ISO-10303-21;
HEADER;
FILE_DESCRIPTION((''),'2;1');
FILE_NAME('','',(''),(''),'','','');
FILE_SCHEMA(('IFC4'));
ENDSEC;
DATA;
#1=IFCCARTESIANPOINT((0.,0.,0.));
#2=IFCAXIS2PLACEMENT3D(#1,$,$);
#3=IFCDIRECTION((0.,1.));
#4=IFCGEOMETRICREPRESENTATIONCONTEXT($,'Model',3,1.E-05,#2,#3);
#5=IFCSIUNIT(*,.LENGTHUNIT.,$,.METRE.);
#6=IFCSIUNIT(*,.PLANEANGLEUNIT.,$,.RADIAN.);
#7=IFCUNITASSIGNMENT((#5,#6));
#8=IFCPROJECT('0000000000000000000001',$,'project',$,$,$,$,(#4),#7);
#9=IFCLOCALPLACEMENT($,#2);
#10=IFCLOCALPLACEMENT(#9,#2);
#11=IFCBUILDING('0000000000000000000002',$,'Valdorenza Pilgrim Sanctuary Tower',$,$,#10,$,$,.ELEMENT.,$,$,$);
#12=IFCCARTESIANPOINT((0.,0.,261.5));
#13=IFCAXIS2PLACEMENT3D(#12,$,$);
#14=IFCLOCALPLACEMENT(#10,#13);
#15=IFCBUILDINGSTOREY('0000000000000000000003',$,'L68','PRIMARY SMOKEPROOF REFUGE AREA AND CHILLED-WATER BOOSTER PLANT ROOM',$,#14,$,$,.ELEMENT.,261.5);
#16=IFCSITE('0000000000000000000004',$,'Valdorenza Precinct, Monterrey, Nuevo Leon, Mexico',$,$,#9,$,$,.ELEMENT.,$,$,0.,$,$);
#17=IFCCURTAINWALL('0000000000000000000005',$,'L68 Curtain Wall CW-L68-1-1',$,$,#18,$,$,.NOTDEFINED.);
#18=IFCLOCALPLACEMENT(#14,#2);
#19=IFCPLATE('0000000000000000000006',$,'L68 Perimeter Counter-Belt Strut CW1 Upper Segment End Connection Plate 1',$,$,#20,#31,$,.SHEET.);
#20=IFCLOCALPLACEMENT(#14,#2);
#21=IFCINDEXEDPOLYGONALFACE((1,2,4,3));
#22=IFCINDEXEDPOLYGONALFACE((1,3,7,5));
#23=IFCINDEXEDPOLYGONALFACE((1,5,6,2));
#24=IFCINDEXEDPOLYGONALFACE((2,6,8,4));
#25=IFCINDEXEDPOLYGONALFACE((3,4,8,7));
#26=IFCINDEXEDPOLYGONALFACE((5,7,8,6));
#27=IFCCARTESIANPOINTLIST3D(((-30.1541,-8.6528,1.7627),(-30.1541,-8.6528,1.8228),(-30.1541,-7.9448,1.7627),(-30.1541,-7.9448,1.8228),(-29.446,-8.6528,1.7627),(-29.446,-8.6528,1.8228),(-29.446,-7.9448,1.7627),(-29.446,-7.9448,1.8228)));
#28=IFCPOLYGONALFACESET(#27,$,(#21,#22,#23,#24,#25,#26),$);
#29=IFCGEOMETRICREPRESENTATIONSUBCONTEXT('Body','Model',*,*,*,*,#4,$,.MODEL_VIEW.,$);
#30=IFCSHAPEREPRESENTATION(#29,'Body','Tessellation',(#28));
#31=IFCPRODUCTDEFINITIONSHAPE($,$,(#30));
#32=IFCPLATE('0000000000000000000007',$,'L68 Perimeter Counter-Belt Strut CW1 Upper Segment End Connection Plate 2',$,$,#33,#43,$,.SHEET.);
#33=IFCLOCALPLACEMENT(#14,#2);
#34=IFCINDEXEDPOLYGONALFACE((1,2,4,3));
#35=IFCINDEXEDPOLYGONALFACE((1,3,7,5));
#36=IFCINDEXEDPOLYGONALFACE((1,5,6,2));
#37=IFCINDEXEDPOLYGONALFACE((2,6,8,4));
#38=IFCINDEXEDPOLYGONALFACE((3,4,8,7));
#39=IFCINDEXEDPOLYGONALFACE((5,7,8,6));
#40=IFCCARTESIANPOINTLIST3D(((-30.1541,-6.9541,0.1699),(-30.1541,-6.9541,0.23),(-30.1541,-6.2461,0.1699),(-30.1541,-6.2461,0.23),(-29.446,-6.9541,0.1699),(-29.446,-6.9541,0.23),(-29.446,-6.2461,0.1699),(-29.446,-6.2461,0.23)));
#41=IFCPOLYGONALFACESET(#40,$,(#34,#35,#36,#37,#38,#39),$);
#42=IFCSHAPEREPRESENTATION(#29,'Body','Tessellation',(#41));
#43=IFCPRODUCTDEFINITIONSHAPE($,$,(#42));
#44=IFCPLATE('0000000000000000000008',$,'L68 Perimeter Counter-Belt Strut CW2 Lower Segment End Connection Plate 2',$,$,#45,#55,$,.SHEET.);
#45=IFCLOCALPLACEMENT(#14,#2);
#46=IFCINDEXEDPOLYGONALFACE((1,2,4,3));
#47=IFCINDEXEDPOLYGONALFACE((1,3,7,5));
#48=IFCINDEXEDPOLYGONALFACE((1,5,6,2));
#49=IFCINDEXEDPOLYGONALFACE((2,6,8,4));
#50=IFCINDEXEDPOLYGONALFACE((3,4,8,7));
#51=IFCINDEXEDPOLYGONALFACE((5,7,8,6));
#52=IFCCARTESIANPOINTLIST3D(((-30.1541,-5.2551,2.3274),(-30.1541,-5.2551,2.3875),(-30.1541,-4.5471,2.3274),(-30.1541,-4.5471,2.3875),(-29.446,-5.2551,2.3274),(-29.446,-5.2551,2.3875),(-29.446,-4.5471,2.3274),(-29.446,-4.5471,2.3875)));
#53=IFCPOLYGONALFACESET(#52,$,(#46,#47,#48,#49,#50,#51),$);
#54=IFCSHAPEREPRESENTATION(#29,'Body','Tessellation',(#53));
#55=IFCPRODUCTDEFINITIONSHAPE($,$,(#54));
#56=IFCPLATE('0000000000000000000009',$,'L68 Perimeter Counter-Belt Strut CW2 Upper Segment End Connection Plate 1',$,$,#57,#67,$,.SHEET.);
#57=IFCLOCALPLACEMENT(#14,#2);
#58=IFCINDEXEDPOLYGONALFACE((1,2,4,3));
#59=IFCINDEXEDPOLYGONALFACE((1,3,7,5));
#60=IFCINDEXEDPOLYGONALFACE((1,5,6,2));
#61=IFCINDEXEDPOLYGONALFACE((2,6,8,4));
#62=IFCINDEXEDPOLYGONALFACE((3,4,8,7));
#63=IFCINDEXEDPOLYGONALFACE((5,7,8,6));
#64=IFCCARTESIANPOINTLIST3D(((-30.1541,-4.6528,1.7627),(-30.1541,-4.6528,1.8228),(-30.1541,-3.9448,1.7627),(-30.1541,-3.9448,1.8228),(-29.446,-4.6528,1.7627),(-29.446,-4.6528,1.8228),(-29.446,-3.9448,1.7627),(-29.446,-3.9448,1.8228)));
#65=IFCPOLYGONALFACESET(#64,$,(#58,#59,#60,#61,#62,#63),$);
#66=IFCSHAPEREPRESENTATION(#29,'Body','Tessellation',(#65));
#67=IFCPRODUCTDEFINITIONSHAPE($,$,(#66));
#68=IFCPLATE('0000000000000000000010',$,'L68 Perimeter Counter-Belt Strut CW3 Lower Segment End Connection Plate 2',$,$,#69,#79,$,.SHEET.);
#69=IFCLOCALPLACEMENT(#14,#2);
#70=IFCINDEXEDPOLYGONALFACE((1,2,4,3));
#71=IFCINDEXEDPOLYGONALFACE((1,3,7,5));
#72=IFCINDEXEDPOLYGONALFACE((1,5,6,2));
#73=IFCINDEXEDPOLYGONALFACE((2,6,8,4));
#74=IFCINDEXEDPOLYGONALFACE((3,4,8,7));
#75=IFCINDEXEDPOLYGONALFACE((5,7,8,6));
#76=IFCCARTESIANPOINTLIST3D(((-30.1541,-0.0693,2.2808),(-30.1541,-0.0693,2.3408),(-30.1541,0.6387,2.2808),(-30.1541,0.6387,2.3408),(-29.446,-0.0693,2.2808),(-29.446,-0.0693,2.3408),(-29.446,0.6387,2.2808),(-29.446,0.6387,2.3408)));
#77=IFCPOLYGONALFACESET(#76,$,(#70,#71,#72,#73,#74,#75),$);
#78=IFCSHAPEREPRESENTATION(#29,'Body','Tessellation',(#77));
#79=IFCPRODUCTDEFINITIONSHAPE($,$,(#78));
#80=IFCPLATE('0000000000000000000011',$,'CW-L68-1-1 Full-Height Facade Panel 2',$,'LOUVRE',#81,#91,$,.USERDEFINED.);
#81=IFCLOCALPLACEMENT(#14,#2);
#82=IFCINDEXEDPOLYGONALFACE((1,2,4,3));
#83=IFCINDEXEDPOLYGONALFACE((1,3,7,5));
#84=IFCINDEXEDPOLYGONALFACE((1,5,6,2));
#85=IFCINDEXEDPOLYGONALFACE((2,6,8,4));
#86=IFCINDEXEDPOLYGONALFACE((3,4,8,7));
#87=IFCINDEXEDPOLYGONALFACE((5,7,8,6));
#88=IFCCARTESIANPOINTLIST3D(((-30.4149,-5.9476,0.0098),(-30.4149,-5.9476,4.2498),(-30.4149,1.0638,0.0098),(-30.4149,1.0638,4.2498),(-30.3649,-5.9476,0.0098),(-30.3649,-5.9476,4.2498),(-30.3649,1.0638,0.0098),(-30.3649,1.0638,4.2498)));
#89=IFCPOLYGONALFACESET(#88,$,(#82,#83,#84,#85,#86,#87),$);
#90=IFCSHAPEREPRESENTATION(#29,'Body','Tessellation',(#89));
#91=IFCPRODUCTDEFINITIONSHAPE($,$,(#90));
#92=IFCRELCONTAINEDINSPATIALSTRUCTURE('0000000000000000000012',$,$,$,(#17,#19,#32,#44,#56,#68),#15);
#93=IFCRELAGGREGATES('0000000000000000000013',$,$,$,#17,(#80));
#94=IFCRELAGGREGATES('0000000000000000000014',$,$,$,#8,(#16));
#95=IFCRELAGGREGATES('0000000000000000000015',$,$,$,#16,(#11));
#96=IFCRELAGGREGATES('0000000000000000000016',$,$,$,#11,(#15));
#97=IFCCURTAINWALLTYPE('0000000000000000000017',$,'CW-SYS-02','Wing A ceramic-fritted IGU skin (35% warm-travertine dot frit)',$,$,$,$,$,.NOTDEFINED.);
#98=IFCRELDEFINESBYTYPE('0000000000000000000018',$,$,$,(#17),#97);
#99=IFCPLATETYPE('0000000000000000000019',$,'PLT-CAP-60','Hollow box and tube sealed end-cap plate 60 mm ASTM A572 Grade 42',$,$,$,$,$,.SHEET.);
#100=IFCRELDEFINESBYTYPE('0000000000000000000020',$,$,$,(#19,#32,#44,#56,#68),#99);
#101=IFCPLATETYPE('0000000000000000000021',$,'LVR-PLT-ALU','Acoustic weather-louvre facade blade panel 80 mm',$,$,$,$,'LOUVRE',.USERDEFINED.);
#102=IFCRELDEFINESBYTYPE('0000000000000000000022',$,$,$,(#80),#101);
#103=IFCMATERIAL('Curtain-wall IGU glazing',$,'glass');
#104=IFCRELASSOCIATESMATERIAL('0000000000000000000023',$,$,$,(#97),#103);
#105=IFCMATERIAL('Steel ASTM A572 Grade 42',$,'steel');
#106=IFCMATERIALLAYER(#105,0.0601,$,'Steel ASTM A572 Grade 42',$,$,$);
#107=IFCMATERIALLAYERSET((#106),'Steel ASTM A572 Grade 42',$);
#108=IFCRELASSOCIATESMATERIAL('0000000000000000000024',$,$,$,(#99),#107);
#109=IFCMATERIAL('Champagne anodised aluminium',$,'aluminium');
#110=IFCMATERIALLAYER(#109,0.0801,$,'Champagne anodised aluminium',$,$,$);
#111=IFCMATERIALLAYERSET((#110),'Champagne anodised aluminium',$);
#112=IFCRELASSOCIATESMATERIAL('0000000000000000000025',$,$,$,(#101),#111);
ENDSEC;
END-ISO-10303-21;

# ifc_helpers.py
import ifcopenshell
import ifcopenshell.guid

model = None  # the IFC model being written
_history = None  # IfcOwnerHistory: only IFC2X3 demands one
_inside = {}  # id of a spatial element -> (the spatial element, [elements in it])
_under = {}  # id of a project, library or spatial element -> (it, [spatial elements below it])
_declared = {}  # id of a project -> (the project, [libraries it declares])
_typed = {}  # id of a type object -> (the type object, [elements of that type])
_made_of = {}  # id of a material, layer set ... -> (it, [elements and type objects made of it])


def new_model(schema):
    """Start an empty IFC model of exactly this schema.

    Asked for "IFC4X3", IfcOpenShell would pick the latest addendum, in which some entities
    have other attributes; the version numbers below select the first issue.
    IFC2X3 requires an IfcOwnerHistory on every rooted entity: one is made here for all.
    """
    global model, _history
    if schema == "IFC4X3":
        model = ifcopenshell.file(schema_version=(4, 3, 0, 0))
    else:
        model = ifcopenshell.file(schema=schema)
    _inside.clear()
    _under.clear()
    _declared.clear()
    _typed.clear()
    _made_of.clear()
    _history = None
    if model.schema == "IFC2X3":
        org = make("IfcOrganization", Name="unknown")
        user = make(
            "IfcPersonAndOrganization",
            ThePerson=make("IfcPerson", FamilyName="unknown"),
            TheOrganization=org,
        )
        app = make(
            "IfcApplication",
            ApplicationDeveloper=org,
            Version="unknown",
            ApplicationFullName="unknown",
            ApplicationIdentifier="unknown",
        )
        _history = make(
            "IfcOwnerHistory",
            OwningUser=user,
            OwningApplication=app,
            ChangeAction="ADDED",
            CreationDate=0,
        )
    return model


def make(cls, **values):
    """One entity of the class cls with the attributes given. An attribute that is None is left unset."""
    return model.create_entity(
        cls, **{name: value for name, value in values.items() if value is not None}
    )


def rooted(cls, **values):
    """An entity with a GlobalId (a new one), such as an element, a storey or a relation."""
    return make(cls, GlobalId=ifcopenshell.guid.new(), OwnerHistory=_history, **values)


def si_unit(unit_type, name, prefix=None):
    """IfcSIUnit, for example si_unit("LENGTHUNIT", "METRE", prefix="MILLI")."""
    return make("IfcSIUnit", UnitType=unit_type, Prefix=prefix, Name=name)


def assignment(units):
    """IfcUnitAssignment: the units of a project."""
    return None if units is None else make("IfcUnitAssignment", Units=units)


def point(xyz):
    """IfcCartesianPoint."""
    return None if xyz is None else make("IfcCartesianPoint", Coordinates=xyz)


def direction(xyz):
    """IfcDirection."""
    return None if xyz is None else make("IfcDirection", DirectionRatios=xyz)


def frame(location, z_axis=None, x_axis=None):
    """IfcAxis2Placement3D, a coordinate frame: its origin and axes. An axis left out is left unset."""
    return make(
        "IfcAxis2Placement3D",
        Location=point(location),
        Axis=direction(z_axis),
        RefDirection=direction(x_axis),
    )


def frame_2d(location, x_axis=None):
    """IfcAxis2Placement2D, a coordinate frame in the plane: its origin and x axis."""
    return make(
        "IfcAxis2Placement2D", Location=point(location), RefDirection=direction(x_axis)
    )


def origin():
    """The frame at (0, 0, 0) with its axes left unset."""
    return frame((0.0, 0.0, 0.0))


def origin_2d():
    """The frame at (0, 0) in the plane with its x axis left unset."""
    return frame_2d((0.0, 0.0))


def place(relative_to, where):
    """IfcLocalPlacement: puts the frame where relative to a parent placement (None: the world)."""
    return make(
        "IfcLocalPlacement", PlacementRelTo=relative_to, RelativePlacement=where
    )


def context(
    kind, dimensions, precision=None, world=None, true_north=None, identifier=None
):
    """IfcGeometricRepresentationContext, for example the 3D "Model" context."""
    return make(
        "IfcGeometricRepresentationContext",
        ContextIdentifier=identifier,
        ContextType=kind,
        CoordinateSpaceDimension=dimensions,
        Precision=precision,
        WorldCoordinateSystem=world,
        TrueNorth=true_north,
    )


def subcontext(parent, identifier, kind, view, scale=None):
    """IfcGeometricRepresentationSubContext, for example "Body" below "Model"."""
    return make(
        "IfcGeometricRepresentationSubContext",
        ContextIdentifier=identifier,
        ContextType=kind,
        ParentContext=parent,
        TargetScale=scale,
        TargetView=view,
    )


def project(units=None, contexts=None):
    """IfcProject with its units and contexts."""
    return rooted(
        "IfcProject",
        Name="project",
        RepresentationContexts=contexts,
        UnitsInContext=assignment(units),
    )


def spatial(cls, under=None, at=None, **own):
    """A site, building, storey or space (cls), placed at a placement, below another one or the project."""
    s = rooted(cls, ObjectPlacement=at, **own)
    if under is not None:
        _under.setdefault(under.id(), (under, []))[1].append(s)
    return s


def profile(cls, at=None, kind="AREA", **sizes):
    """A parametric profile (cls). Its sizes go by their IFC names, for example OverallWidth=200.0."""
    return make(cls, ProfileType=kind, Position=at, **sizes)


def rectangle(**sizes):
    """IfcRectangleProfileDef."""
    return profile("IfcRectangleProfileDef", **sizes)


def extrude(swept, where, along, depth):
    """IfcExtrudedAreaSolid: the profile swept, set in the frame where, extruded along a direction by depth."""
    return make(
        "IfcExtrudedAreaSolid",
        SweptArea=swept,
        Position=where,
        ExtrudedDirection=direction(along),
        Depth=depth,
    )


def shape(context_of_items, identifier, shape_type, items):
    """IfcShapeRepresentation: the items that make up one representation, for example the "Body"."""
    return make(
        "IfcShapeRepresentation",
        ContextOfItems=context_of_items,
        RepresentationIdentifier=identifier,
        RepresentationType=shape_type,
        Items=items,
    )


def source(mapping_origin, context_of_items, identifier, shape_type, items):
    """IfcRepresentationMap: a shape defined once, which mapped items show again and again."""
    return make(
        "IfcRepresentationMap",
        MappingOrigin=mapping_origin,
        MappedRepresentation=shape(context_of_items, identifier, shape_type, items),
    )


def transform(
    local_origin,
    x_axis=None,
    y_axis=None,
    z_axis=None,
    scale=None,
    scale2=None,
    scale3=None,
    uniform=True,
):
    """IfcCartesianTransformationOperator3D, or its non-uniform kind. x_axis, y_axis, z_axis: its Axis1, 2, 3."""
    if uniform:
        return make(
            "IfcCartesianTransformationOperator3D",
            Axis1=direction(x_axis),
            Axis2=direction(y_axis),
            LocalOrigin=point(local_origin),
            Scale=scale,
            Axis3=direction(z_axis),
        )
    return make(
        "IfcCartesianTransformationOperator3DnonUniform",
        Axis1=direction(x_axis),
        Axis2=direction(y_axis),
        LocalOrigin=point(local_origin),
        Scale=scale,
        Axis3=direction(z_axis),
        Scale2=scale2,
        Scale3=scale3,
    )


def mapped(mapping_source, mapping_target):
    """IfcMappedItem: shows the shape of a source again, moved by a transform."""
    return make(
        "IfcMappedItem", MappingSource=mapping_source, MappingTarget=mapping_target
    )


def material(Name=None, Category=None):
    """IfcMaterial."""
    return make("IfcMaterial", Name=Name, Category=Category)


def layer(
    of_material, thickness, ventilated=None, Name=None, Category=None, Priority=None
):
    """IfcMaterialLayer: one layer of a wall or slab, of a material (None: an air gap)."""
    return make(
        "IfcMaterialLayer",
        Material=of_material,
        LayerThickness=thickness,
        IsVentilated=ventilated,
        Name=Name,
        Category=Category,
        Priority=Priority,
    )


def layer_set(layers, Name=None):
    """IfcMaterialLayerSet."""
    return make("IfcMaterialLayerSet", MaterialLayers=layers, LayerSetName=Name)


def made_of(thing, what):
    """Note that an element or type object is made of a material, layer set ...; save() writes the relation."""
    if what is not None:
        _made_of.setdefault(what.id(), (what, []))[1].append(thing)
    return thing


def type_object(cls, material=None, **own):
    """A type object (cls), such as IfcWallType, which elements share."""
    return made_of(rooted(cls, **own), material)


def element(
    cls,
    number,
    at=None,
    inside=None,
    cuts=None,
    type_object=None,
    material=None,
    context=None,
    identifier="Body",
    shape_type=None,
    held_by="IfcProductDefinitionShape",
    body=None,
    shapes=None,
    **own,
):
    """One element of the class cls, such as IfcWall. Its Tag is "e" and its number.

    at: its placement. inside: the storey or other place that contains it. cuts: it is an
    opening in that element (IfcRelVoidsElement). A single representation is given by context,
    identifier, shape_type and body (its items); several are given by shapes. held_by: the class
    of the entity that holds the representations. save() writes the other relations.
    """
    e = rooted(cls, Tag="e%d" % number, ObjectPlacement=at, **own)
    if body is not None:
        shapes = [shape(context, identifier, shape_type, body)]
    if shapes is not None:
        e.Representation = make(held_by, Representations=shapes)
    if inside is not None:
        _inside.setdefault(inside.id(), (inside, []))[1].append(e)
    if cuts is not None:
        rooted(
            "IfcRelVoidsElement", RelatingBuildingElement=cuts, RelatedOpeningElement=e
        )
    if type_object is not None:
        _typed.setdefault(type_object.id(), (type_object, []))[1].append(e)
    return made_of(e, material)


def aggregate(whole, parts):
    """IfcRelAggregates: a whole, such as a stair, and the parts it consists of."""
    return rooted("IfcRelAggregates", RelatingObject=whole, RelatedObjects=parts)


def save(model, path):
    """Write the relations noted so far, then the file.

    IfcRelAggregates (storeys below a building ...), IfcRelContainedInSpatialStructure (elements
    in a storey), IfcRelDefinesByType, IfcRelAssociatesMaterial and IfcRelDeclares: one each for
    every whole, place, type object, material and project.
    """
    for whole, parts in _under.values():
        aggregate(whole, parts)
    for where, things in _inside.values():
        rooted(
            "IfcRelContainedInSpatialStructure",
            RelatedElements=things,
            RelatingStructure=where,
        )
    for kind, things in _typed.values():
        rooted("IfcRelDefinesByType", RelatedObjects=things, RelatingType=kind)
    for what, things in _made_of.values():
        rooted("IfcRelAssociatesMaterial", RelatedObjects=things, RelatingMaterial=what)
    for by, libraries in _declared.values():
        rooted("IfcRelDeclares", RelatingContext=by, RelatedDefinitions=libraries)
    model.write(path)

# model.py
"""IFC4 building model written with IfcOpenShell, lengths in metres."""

from ifc_helpers import new_model, si_unit, direction, frame, origin, origin_2d, place, context, subcontext, project, spatial, rectangle, extrude, source, transform, mapped, material, layer, layer_set, type_object, element, aggregate, save


model = new_model("IFC4")

# Units and contexts
model_context = context("Model", 3, precision=1e-05, world=origin(), true_north=direction((0.0, 1.0)))
body_context = subcontext(model_context, "Body", "Model", "MODEL_VIEW")
ifc_project = project(units=[si_unit("LENGTHUNIT", "METRE"), si_unit("PLANEANGLEUNIT", "RADIAN")], contexts=[model_context])

# Site, building, storey
site_placement = place(None, origin())
site = spatial("IfcSite", under=ifc_project, at=site_placement, Name="Valdorenza Precinct, Monterrey, Nuevo Leon, Mexico", CompositionType="ELEMENT", RefElevation=0.0)
building_placement = place(site_placement, origin())
building = spatial("IfcBuilding", under=site, at=building_placement, Name="Valdorenza Pilgrim Sanctuary Tower", CompositionType="ELEMENT")
storey_placement = place(building_placement, frame((0.0, 0.0, 261.5)))
storey = spatial("IfcBuildingStorey", under=building, at=storey_placement, Name="L68", Description="PRIMARY SMOKEPROOF REFUGE AREA AND CHILLED-WATER BOOSTER PLANT ROOM", CompositionType="ELEMENT", Elevation=261.5)

# Shared definitions
ifc_material_1 = material(Name="Steel ASTM A572 Grade 42", Category="steel")

# Curtain wall
ifc_material_2 = material(Name="Curtain-wall IGU glazing", Category="glass")
curtain_wall_type = type_object("IfcCurtainWallType", Name="CW-SYS-02", Description="Wing A ceramic-fritted IGU skin (35% warm-travertine dot frit)", PredefinedType="NOTDEFINED", material=ifc_material_2)
curtain_wall_placement = place(storey_placement, origin())
curtain_wall = element("IfcCurtainWall", 1, at=curtain_wall_placement, inside=storey, type_object=curtain_wall_type, Name="L68 Curtain Wall CW-L68-1-1", PredefinedType="NOTDEFINED")

# Plates
ifc_layer_1 = layer(ifc_material_1, 0.0601, Name="Steel ASTM A572 Grade 42")
ifc_layer_set_1 = layer_set([ifc_layer_1], Name="Steel ASTM A572 Grade 42")
plate_type_1 = type_object("IfcPlateType", Name="PLT-CAP-60", Description="Hollow box and tube sealed end-cap plate 60 mm ASTM A572 Grade 42", PredefinedType="SHEET", material=ifc_layer_set_1)
shared_shape_1 = source(origin(), body_context, "Body", "SweptSolid", [
    extrude(rectangle(XDim=0.708, YDim=0.708, at=origin_2d()), origin(), (0.0, 0.0, 1.0), 0.0601),
])
for number, where, z_axis, x_axis, name in (
    (2, (-29.8, -8.2988, 1.7627), (0.0, 0.0, 1.0), (1.0, 0.0, 0.0), "L68 Perimeter Counter-Belt Strut CW1 Upper Segment End Connection Plate 1"),
    (3, (-29.8, -6.6001, 0.1699), (0.0, 0.0, 1.0), (1.0, 0.0, 0.0), "L68 Perimeter Counter-Belt Strut CW1 Upper Segment End Connection Plate 2"),
    (4, (-29.8, -4.9011, 2.3274), (0.0, 0.0, 1.0), (1.0, 0.0, 0.0), "L68 Perimeter Counter-Belt Strut CW2 Lower Segment End Connection Plate 2"),
    (5, (-29.8, -4.2988, 1.7627), (0.0, 0.0, 1.0), (1.0, 0.0, 0.0), "L68 Perimeter Counter-Belt Strut CW2 Upper Segment End Connection Plate 1"),
    (6, (-29.8, 0.2847, 2.2808), (0.0, 0.0, 1.0), (1.0, 0.0, 0.0), "L68 Perimeter Counter-Belt Strut CW3 Lower Segment End Connection Plate 2"),
):
    element("IfcPlate", number, at=place(storey_placement, frame(where, z_axis=z_axis, x_axis=x_axis)), inside=storey, type_object=plate_type_1, Name=name, PredefinedType="SHEET", context=body_context, shape_type="MappedRepresentation", body=[
        mapped(shared_shape_1, transform((0.0, 0.0, 0.0), x_axis=(1.0, 0.0, 0.0), y_axis=(0.0, 1.0, 0.0), z_axis=(0.0, 0.0, 1.0), scale=1.0)),
    ])

# Plate
ifc_material_3 = material(Name="Champagne anodised aluminium", Category="aluminium")
ifc_layer_2 = layer(ifc_material_3, 0.0801, Name="Champagne anodised aluminium")
ifc_layer_set_2 = layer_set([ifc_layer_2], Name="Champagne anodised aluminium")
plate_type_2 = type_object("IfcPlateType", Name="LVR-PLT-ALU", Description="Acoustic weather-louvre facade blade panel 80 mm", ElementType="LOUVRE", PredefinedType="USERDEFINED", material=ifc_layer_set_2)
shared_shape_2 = source(origin(), body_context, "Body", "SweptSolid", [
    extrude(rectangle(XDim=7.0115, YDim=0.05, at=origin_2d()), origin(), (0.0, 0.0, 1.0), 4.24),
])
plate_1_placement = place(storey_placement, frame((-30.3899, -2.4419, 0.0098), z_axis=(0.0, 0.0, 1.0), x_axis=(0.0, 1.0, 0.0)))
plate_1 = element("IfcPlate", 7, at=plate_1_placement, type_object=plate_type_2, Name="CW-L68-1-1 Full-Height Facade Panel 2", ObjectType="LOUVRE", PredefinedType="USERDEFINED", context=body_context, shape_type="MappedRepresentation", body=[
    mapped(shared_shape_2, transform((0.0, 0.0, 0.0), x_axis=(1.0, 0.0, 0.0), y_axis=(0.0, 1.0, 0.0), z_axis=(0.0, 0.0, 1.0), scale=1.0)),
])
aggregate(curtain_wall, [plate_1])

save(model, "model.ifc")
